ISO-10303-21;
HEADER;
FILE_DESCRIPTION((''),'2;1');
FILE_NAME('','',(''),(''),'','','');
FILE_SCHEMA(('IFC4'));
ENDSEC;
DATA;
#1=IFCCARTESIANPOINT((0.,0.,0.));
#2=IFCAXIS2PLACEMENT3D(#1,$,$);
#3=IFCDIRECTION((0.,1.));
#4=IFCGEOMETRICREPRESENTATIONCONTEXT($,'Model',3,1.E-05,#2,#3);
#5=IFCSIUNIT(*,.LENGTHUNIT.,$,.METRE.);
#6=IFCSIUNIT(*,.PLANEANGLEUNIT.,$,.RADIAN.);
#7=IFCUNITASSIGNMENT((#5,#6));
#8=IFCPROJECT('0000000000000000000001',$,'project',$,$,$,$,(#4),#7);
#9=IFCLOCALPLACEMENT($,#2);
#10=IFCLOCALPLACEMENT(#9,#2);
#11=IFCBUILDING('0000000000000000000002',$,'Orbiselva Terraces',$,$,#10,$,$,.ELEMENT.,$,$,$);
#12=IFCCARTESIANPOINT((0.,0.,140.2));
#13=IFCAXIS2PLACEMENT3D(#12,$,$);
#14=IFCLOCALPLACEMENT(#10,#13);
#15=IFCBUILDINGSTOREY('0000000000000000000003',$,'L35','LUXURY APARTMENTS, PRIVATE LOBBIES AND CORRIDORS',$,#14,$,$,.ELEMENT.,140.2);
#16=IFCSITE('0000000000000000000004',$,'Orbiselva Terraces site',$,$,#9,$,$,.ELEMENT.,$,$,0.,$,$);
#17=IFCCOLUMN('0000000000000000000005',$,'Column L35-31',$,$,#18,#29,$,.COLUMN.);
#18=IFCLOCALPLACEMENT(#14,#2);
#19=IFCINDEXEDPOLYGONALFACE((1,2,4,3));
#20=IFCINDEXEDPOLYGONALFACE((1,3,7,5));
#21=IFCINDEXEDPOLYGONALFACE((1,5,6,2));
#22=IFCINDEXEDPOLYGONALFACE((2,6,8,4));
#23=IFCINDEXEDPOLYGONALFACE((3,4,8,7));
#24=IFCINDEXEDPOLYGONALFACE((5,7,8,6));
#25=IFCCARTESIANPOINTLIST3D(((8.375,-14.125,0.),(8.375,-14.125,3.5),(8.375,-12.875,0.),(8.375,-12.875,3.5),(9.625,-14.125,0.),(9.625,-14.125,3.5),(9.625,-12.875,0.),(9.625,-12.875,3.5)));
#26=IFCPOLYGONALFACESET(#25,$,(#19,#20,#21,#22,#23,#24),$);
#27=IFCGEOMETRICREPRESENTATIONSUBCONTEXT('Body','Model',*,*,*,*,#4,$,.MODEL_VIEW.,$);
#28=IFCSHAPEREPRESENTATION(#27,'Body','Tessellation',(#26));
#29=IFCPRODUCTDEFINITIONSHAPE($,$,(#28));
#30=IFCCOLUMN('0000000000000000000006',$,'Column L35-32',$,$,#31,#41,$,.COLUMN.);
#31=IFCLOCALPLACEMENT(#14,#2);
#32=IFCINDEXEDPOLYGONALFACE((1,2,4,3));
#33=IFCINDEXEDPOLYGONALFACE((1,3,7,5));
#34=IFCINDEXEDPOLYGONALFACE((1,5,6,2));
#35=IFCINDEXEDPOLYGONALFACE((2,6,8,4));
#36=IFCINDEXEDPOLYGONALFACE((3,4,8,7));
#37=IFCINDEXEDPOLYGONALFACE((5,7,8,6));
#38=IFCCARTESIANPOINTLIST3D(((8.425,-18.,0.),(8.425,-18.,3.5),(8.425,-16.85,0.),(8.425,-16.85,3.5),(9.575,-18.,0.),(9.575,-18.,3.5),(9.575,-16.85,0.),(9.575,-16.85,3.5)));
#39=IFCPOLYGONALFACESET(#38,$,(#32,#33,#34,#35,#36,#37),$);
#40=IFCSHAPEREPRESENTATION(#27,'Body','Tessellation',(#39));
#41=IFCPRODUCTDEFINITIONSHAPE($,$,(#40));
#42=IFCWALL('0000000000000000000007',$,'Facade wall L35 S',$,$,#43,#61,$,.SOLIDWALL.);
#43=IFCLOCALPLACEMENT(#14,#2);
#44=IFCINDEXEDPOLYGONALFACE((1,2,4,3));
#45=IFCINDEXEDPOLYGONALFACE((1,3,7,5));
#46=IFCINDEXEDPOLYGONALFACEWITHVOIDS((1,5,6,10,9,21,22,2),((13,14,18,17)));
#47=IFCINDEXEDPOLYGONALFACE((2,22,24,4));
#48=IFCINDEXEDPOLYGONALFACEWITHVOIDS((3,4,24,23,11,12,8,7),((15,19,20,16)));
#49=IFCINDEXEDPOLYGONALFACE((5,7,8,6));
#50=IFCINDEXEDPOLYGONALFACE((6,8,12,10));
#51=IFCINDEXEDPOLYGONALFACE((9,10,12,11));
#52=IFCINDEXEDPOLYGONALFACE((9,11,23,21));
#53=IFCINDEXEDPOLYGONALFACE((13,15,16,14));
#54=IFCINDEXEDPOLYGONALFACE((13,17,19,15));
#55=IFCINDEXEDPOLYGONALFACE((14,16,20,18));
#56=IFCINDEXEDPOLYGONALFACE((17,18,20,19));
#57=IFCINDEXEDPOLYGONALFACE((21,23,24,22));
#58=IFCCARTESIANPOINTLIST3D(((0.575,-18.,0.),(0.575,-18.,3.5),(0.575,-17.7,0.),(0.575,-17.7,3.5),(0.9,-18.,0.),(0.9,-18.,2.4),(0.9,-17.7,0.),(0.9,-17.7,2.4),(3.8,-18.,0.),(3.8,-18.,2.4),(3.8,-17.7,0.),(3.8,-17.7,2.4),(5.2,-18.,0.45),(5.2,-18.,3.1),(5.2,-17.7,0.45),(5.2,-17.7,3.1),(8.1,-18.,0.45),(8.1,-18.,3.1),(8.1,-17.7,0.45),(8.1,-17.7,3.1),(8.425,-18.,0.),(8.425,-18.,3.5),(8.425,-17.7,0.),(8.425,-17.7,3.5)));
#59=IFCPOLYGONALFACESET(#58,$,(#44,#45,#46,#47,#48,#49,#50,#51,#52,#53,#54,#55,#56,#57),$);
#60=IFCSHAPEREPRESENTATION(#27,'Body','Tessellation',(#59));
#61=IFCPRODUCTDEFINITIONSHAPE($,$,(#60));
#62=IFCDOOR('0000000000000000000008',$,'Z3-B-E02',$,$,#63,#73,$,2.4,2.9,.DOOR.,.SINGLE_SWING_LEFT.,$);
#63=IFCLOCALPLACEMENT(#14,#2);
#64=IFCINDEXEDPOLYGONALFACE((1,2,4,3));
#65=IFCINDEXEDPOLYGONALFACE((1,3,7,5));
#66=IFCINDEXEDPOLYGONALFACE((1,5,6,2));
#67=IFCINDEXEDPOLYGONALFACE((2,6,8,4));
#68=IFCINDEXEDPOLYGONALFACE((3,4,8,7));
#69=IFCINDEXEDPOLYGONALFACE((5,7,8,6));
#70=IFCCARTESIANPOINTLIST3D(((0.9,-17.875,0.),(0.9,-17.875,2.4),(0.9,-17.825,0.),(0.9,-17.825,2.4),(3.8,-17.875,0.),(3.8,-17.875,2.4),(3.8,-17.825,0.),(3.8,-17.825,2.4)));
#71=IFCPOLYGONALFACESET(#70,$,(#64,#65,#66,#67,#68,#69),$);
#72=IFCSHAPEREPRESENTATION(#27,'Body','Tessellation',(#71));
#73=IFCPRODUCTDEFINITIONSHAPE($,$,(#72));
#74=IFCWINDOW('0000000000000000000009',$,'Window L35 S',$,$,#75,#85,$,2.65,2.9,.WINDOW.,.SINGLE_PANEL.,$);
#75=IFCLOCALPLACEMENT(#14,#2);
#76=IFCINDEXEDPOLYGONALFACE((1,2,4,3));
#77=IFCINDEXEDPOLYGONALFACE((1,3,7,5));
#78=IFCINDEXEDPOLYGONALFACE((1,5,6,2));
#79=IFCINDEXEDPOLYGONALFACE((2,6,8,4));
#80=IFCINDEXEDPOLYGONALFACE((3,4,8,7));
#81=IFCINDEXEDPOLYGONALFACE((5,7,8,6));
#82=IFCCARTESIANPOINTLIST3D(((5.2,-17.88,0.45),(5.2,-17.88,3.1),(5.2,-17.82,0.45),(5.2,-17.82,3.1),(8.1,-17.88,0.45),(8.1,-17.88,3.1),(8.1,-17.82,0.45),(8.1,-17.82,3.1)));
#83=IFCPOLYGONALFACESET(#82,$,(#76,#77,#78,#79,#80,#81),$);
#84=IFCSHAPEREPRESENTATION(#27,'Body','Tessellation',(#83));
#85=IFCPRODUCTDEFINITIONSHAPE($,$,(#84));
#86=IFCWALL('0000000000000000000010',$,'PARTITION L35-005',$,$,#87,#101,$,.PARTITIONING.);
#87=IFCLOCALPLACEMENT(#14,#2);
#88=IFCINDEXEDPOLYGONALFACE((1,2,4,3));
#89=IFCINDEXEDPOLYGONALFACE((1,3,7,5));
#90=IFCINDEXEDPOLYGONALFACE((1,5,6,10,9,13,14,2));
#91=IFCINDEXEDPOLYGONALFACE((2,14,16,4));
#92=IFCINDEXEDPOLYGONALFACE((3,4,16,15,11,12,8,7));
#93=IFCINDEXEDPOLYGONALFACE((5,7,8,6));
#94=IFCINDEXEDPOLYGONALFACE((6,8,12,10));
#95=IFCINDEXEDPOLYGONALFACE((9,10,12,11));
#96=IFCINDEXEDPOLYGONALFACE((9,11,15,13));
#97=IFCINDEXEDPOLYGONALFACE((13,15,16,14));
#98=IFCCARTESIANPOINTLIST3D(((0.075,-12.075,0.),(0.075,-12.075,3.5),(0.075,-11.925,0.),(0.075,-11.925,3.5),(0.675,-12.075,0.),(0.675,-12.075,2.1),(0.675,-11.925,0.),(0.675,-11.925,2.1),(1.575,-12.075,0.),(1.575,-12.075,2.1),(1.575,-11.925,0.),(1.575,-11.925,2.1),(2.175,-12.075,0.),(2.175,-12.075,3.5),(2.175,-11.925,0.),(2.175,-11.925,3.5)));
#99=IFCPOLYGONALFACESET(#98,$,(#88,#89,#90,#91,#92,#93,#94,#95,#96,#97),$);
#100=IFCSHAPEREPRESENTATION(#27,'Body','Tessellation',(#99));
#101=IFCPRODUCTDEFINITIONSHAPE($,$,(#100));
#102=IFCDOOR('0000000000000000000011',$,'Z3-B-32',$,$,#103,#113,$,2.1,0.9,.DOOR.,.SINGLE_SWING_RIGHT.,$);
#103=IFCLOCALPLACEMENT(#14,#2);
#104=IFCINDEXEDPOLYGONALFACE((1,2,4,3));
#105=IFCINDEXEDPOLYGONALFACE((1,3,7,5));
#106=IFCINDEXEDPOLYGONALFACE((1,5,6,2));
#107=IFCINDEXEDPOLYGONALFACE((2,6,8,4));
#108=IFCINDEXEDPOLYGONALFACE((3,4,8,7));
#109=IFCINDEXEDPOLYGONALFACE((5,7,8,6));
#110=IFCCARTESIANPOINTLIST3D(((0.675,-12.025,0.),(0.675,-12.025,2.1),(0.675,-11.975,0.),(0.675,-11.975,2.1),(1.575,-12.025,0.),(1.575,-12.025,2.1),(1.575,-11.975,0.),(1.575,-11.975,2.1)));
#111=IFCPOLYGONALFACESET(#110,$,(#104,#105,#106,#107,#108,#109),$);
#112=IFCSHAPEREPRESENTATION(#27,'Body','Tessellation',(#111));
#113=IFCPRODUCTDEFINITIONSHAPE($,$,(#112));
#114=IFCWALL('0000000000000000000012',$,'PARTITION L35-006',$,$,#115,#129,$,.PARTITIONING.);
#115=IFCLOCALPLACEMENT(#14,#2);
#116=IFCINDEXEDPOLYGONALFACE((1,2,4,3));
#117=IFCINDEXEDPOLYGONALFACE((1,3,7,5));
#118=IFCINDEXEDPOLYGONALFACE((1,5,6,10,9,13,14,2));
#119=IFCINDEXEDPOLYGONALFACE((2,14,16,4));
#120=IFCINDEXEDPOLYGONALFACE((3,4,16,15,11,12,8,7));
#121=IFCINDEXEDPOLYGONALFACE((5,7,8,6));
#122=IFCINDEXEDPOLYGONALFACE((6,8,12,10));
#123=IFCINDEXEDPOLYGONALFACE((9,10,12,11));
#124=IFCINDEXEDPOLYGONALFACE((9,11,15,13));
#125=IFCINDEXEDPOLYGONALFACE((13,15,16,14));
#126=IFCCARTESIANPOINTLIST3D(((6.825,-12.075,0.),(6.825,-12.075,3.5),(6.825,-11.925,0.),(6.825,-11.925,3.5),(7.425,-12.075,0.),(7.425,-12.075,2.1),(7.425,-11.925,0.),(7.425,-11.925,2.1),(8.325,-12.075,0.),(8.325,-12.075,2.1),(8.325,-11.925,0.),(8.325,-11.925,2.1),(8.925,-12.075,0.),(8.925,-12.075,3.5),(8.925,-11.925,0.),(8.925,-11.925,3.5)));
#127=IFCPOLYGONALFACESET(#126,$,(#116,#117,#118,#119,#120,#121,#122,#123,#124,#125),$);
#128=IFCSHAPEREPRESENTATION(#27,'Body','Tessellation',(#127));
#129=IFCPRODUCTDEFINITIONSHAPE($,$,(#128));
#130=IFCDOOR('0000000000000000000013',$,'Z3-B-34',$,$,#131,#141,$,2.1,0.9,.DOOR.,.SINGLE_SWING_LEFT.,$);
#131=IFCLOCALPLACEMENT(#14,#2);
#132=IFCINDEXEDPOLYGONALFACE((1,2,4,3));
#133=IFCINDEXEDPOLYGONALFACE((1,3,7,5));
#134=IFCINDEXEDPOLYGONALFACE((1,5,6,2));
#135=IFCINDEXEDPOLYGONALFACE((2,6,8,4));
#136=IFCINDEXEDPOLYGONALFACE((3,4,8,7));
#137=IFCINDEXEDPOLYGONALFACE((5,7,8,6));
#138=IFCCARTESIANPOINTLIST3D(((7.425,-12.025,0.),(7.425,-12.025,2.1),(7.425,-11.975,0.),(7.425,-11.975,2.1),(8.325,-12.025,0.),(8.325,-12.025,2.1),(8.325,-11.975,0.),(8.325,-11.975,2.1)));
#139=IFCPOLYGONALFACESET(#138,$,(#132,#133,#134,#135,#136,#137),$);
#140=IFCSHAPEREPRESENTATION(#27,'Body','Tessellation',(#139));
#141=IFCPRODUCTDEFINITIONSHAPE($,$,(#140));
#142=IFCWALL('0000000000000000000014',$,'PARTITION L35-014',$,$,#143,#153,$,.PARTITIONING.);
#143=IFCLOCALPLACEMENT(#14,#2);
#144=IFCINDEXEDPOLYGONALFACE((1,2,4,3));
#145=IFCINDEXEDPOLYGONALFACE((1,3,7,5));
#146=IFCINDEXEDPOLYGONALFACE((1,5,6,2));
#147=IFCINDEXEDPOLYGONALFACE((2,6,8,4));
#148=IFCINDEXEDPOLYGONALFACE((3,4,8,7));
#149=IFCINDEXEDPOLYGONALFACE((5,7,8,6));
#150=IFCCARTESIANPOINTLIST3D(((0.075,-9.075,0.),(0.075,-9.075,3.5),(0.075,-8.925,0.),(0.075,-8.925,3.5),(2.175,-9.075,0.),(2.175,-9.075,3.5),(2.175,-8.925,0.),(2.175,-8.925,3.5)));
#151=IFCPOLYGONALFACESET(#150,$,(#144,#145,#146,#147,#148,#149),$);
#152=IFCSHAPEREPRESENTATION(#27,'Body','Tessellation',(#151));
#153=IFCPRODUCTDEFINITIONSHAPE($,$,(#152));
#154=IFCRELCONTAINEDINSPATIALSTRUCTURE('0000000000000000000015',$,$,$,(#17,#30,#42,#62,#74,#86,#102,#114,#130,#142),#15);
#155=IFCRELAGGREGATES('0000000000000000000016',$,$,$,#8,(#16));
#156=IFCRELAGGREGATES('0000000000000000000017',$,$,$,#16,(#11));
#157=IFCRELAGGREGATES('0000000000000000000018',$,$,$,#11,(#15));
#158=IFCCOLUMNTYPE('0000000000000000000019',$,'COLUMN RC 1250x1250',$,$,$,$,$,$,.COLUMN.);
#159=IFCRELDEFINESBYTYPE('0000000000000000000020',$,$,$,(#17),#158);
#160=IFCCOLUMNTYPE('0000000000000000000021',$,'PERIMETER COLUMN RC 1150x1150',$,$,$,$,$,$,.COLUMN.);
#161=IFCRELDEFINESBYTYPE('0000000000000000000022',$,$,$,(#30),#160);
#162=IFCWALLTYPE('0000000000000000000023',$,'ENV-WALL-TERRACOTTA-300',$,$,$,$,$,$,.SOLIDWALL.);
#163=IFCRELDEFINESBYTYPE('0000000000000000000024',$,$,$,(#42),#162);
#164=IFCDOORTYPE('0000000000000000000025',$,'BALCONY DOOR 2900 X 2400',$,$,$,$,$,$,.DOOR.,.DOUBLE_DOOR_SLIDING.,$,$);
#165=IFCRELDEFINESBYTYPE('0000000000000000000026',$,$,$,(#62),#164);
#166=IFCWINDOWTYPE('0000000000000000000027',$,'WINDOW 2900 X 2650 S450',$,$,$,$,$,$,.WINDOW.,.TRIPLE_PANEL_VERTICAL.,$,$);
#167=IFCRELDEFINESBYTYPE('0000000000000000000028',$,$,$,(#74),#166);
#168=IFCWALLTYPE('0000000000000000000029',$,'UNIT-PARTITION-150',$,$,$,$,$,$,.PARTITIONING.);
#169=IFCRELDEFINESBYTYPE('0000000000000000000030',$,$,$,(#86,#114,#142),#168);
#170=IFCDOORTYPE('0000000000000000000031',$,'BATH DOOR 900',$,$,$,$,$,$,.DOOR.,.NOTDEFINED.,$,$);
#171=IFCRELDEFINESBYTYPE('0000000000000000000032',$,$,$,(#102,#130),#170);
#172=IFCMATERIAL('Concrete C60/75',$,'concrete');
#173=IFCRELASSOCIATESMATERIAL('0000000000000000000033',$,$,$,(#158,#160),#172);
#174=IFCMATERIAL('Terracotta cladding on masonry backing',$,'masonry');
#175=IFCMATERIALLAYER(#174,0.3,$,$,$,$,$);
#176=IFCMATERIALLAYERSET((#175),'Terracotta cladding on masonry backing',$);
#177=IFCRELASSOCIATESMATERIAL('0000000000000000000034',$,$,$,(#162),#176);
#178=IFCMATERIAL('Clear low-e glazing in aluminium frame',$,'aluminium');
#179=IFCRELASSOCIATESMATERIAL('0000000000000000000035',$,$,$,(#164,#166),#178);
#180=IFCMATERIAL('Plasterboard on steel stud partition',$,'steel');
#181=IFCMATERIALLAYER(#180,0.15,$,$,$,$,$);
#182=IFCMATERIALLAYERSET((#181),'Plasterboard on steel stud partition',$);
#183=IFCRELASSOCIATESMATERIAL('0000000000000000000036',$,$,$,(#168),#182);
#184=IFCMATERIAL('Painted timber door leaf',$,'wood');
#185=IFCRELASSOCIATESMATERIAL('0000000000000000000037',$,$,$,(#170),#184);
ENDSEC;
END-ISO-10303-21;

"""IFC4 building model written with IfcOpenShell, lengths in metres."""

from ifc_helpers import new_model, si_unit, direction, frame, frame_2d, origin, origin_2d, place, context, subcontext, project, spatial, rectangle, extrude, material, layer, layer_set, material_profile, profile_set, type_object, element, fill, save


model = new_model("IFC4")

# Units and contexts
model_context = context("Model", 3, precision=1e-05, world=origin(), true_north=direction((0.0, 1.0)))
body_context = subcontext(model_context, "Body", "Model", "MODEL_VIEW")
ifc_project = project(units=[si_unit("LENGTHUNIT", "METRE"), si_unit("PLANEANGLEUNIT", "RADIAN")], contexts=[model_context])

# Site, building, storey
site_placement = place(None, origin())
site = spatial("IfcSite", under=ifc_project, at=site_placement, Name="Orbiselva Terraces site", CompositionType="ELEMENT", RefElevation=0.0)
building_placement = place(site_placement, origin())
building = spatial("IfcBuilding", under=site, at=building_placement, Name="Orbiselva Terraces", CompositionType="ELEMENT")
storey_placement = place(building_placement, frame((0.0, 0.0, 140.2)))
storey = spatial("IfcBuildingStorey", under=building, at=storey_placement, Name="L35", Description="LUXURY APARTMENTS, PRIVATE LOBBIES AND CORRIDORS", CompositionType="ELEMENT", Elevation=140.2)

# Columns
ifc_material_1 = material(Name="Concrete C60/75", Category="concrete")
ifc_material_profile_1 = material_profile(ifc_material_1, rectangle(XDim=1.25, YDim=1.25, at=origin_2d()), Name="RC 1250x1250")
ifc_profile_set_1 = profile_set([ifc_material_profile_1], Name="Concrete C60/75")
column_type_1 = type_object("IfcColumnType", Name="COLUMN RC 1250x1250", PredefinedType="COLUMN", material=ifc_profile_set_1)
column_1_placement = place(storey_placement, frame((9.0, -13.5, 0.0), z_axis=(0.0, 0.0, 1.0), x_axis=(1.0, 0.0, 0.0)))
element("IfcColumn", 1, at=column_1_placement, inside=storey, type_object=column_type_1, Name="Column L35-31", PredefinedType="COLUMN", context=body_context, shape_type="SweptSolid", body=[
    extrude(rectangle(XDim=1.25, YDim=1.25, at=origin_2d()), origin(), (0.0, 0.0, 1.0), 3.5),
])
ifc_material_profile_2 = material_profile(ifc_material_1, rectangle(XDim=1.15, YDim=1.15, at=origin_2d()), Name="RC 1150x1150")
ifc_profile_set_2 = profile_set([ifc_material_profile_2], Name="Concrete C60/75")
column_type_2 = type_object("IfcColumnType", Name="PERIMETER COLUMN RC 1150x1150", PredefinedType="COLUMN", material=ifc_profile_set_2)
column_2_placement = place(storey_placement, frame((9.0, -17.425, 0.0), z_axis=(0.0, 0.0, 1.0), x_axis=(1.0, 0.0, 0.0)))
element("IfcColumn", 2, at=column_2_placement, inside=storey, type_object=column_type_2, Name="Column L35-32", PredefinedType="COLUMN", context=body_context, shape_type="SweptSolid", body=[
    extrude(rectangle(XDim=1.15, YDim=1.15, at=origin_2d()), origin(), (0.0, 0.0, 1.0), 3.5),
])

# Wall, openings, door, window
ifc_material_2 = material(Name="Terracotta cladding on masonry backing", Category="masonry")
ifc_layer_1 = layer(ifc_material_2, 0.3)
ifc_layer_set_1 = layer_set([ifc_layer_1], Name="Terracotta cladding on masonry backing")
wall_type_1 = type_object("IfcWallType", Name="ENV-WALL-TERRACOTTA-300", PredefinedType="SOLIDWALL", material=ifc_layer_set_1)
wall_1_placement = place(storey_placement, frame((8.425, -17.85, 0.0), z_axis=(0.0, 0.0, 1.0), x_axis=(-1.0, 0.0, 0.0)))
wall_1 = element("IfcWall", 3, at=wall_1_placement, inside=storey, type_object=wall_type_1, Name="Facade wall L35 S", PredefinedType="SOLIDWALL", context=body_context, shape_type="SweptSolid", body=[
    extrude(rectangle(XDim=7.85, YDim=0.3, at=frame_2d((3.925, 0.0))), origin(), (0.0, 0.0, 1.0), 3.5),
])
opening_1_placement = place(wall_1_placement, frame((4.625, 0.0, 0.0)))
opening_1 = element("IfcOpeningElement", 4, at=opening_1_placement, cuts=wall_1, PredefinedType="OPENING", context=body_context, shape_type="SweptSolid", body=[
    extrude(rectangle(XDim=2.9, YDim=2.4, at=frame_2d((1.45, 1.2))), frame((0.0, 0.16, 0.0), z_axis=(0.0, -1.0, 0.0), x_axis=(1.0, 0.0, 0.0)), (0.0, 0.0, 1.0), 0.32),
])
opening_2_placement = place(wall_1_placement, frame((0.325, 0.0, 0.45)))
opening_2 = element("IfcOpeningElement", 5, at=opening_2_placement, cuts=wall_1, PredefinedType="OPENING", context=body_context, shape_type="SweptSolid", body=[
    extrude(rectangle(XDim=2.9, YDim=2.65, at=frame_2d((1.45, 1.325))), frame((0.0, 0.16, 0.0), z_axis=(0.0, -1.0, 0.0), x_axis=(1.0, 0.0, 0.0)), (0.0, 0.0, 1.0), 0.32),
])
ifc_material_3 = material(Name="Clear low-e glazing in aluminium frame", Category="aluminium")
door_type_1 = type_object("IfcDoorType", Name="BALCONY DOOR 2900 X 2400", OperationType="DOUBLE_DOOR_SLIDING", PredefinedType="DOOR", material=ifc_material_3)
door_1_placement = place(opening_1_placement, origin())
door_1 = element("IfcDoor", 6, at=door_1_placement, inside=storey, type_object=door_type_1, Name="Z3-B-E02", OperationType="SINGLE_SWING_LEFT", OverallHeight=2.4, OverallWidth=2.9, PredefinedType="DOOR", context=body_context, shape_type="SweptSolid", body=[
    extrude(rectangle(XDim=2.9, YDim=2.4, at=frame_2d((1.45, 1.2))), frame((0.0, 0.025, 0.0), z_axis=(0.0, -1.0, 0.0), x_axis=(1.0, 0.0, 0.0)), (0.0, 0.0, 1.0), 0.05),
])
fill(opening_1, door_1)
window_type = type_object("IfcWindowType", Name="WINDOW 2900 X 2650 S450", PartitioningType="TRIPLE_PANEL_VERTICAL", PredefinedType="WINDOW", material=ifc_material_3)
window_placement = place(opening_2_placement, origin())
window = element("IfcWindow", 7, at=window_placement, inside=storey, type_object=window_type, Name="Window L35 S", OverallHeight=2.65, OverallWidth=2.9, PartitioningType="SINGLE_PANEL", PredefinedType="WINDOW", context=body_context, shape_type="SweptSolid", body=[
    extrude(rectangle(XDim=2.9, YDim=2.65, at=frame_2d((1.45, 1.325))), frame((0.0, 0.03, 0.0), z_axis=(0.0, -1.0, 0.0), x_axis=(1.0, 0.0, 0.0)), (0.0, 0.0, 1.0), 0.06),
])
fill(opening_2, window)

# Walls, openings, doors
ifc_material_4 = material(Name="Plasterboard on steel stud partition", Category="steel")
ifc_layer_2 = layer(ifc_material_4, 0.15)
ifc_layer_set_2 = layer_set([ifc_layer_2], Name="Plasterboard on steel stud partition")
wall_type_2 = type_object("IfcWallType", Name="UNIT-PARTITION-150", PredefinedType="PARTITIONING", material=ifc_layer_set_2)
wall_2_placement = place(storey_placement, frame((0.075, -12.0, 0.0), z_axis=(0.0, 0.0, 1.0), x_axis=(1.0, 0.0, 0.0)))
wall_2 = element("IfcWall", 8, at=wall_2_placement, inside=storey, type_object=wall_type_2, Name="PARTITION L35-005", PredefinedType="PARTITIONING", context=body_context, shape_type="SweptSolid", body=[
    extrude(rectangle(XDim=2.1, YDim=0.15, at=frame_2d((1.05, 0.0))), origin(), (0.0, 0.0, 1.0), 3.5),
])
opening_3_placement = place(wall_2_placement, frame((0.6, 0.0, 0.0)))
opening_3 = element("IfcOpeningElement", 9, at=opening_3_placement, cuts=wall_2, PredefinedType="OPENING", context=body_context, shape_type="SweptSolid", body=[
    extrude(rectangle(XDim=0.9, YDim=2.1, at=frame_2d((0.45, 1.05))), frame((0.0, 0.085, 0.0), z_axis=(0.0, -1.0, 0.0), x_axis=(1.0, 0.0, 0.0)), (0.0, 0.0, 1.0), 0.17),
])
ifc_material_5 = material(Name="Painted timber door leaf", Category="wood")
door_type_2 = type_object("IfcDoorType", Name="BATH DOOR 900", OperationType="NOTDEFINED", PredefinedType="DOOR", material=ifc_material_5)
door_2_placement = place(opening_3_placement, origin())
door_2 = element("IfcDoor", 10, at=door_2_placement, inside=storey, type_object=door_type_2, Name="Z3-B-32", OperationType="SINGLE_SWING_RIGHT", OverallHeight=2.1, OverallWidth=0.9, PredefinedType="DOOR", context=body_context, shape_type="SweptSolid", body=[
    extrude(rectangle(XDim=0.9, YDim=2.1, at=frame_2d((0.45, 1.05))), frame((0.0, 0.025, 0.0), z_axis=(0.0, -1.0, 0.0), x_axis=(1.0, 0.0, 0.0)), (0.0, 0.0, 1.0), 0.05),
])
fill(opening_3, door_2)
wall_3_placement = place(storey_placement, frame((6.825, -12.0, 0.0), z_axis=(0.0, 0.0, 1.0), x_axis=(1.0, 0.0, 0.0)))
wall_3 = element("IfcWall", 11, at=wall_3_placement, inside=storey, type_object=wall_type_2, Name="PARTITION L35-006", PredefinedType="PARTITIONING", context=body_context, shape_type="SweptSolid", body=[
    extrude(rectangle(XDim=2.1, YDim=0.15, at=frame_2d((1.05, 0.0))), origin(), (0.0, 0.0, 1.0), 3.5),
])
opening_4_placement = place(wall_3_placement, frame((0.6, 0.0, 0.0)))
opening_4 = element("IfcOpeningElement", 12, at=opening_4_placement, cuts=wall_3, PredefinedType="OPENING", context=body_context, shape_type="SweptSolid", body=[
    extrude(rectangle(XDim=0.9, YDim=2.1, at=frame_2d((0.45, 1.05))), frame((0.0, 0.085, 0.0), z_axis=(0.0, -1.0, 0.0), x_axis=(1.0, 0.0, 0.0)), (0.0, 0.0, 1.0), 0.17),
])
door_3_placement = place(opening_4_placement, origin())
door_3 = element("IfcDoor", 13, at=door_3_placement, inside=storey, type_object=door_type_2, Name="Z3-B-34", OperationType="SINGLE_SWING_LEFT", OverallHeight=2.1, OverallWidth=0.9, PredefinedType="DOOR", context=body_context, shape_type="SweptSolid", body=[
    extrude(rectangle(XDim=0.9, YDim=2.1, at=frame_2d((0.45, 1.05))), frame((0.0, 0.025, 0.0), z_axis=(0.0, -1.0, 0.0), x_axis=(1.0, 0.0, 0.0)), (0.0, 0.0, 1.0), 0.05),
])
fill(opening_4, door_3)

# Wall
wall_4_placement = place(storey_placement, frame((0.075, -9.0, 0.0), z_axis=(0.0, 0.0, 1.0), x_axis=(1.0, 0.0, 0.0)))
element("IfcWall", 14, at=wall_4_placement, inside=storey, type_object=wall_type_2, Name="PARTITION L35-014", PredefinedType="PARTITIONING", context=body_context, shape_type="SweptSolid", body=[
    extrude(rectangle(XDim=2.1, YDim=0.15, at=frame_2d((1.05, 0.0))), origin(), (0.0, 0.0, 1.0), 3.5),
])

save(model, "model.ifc")
